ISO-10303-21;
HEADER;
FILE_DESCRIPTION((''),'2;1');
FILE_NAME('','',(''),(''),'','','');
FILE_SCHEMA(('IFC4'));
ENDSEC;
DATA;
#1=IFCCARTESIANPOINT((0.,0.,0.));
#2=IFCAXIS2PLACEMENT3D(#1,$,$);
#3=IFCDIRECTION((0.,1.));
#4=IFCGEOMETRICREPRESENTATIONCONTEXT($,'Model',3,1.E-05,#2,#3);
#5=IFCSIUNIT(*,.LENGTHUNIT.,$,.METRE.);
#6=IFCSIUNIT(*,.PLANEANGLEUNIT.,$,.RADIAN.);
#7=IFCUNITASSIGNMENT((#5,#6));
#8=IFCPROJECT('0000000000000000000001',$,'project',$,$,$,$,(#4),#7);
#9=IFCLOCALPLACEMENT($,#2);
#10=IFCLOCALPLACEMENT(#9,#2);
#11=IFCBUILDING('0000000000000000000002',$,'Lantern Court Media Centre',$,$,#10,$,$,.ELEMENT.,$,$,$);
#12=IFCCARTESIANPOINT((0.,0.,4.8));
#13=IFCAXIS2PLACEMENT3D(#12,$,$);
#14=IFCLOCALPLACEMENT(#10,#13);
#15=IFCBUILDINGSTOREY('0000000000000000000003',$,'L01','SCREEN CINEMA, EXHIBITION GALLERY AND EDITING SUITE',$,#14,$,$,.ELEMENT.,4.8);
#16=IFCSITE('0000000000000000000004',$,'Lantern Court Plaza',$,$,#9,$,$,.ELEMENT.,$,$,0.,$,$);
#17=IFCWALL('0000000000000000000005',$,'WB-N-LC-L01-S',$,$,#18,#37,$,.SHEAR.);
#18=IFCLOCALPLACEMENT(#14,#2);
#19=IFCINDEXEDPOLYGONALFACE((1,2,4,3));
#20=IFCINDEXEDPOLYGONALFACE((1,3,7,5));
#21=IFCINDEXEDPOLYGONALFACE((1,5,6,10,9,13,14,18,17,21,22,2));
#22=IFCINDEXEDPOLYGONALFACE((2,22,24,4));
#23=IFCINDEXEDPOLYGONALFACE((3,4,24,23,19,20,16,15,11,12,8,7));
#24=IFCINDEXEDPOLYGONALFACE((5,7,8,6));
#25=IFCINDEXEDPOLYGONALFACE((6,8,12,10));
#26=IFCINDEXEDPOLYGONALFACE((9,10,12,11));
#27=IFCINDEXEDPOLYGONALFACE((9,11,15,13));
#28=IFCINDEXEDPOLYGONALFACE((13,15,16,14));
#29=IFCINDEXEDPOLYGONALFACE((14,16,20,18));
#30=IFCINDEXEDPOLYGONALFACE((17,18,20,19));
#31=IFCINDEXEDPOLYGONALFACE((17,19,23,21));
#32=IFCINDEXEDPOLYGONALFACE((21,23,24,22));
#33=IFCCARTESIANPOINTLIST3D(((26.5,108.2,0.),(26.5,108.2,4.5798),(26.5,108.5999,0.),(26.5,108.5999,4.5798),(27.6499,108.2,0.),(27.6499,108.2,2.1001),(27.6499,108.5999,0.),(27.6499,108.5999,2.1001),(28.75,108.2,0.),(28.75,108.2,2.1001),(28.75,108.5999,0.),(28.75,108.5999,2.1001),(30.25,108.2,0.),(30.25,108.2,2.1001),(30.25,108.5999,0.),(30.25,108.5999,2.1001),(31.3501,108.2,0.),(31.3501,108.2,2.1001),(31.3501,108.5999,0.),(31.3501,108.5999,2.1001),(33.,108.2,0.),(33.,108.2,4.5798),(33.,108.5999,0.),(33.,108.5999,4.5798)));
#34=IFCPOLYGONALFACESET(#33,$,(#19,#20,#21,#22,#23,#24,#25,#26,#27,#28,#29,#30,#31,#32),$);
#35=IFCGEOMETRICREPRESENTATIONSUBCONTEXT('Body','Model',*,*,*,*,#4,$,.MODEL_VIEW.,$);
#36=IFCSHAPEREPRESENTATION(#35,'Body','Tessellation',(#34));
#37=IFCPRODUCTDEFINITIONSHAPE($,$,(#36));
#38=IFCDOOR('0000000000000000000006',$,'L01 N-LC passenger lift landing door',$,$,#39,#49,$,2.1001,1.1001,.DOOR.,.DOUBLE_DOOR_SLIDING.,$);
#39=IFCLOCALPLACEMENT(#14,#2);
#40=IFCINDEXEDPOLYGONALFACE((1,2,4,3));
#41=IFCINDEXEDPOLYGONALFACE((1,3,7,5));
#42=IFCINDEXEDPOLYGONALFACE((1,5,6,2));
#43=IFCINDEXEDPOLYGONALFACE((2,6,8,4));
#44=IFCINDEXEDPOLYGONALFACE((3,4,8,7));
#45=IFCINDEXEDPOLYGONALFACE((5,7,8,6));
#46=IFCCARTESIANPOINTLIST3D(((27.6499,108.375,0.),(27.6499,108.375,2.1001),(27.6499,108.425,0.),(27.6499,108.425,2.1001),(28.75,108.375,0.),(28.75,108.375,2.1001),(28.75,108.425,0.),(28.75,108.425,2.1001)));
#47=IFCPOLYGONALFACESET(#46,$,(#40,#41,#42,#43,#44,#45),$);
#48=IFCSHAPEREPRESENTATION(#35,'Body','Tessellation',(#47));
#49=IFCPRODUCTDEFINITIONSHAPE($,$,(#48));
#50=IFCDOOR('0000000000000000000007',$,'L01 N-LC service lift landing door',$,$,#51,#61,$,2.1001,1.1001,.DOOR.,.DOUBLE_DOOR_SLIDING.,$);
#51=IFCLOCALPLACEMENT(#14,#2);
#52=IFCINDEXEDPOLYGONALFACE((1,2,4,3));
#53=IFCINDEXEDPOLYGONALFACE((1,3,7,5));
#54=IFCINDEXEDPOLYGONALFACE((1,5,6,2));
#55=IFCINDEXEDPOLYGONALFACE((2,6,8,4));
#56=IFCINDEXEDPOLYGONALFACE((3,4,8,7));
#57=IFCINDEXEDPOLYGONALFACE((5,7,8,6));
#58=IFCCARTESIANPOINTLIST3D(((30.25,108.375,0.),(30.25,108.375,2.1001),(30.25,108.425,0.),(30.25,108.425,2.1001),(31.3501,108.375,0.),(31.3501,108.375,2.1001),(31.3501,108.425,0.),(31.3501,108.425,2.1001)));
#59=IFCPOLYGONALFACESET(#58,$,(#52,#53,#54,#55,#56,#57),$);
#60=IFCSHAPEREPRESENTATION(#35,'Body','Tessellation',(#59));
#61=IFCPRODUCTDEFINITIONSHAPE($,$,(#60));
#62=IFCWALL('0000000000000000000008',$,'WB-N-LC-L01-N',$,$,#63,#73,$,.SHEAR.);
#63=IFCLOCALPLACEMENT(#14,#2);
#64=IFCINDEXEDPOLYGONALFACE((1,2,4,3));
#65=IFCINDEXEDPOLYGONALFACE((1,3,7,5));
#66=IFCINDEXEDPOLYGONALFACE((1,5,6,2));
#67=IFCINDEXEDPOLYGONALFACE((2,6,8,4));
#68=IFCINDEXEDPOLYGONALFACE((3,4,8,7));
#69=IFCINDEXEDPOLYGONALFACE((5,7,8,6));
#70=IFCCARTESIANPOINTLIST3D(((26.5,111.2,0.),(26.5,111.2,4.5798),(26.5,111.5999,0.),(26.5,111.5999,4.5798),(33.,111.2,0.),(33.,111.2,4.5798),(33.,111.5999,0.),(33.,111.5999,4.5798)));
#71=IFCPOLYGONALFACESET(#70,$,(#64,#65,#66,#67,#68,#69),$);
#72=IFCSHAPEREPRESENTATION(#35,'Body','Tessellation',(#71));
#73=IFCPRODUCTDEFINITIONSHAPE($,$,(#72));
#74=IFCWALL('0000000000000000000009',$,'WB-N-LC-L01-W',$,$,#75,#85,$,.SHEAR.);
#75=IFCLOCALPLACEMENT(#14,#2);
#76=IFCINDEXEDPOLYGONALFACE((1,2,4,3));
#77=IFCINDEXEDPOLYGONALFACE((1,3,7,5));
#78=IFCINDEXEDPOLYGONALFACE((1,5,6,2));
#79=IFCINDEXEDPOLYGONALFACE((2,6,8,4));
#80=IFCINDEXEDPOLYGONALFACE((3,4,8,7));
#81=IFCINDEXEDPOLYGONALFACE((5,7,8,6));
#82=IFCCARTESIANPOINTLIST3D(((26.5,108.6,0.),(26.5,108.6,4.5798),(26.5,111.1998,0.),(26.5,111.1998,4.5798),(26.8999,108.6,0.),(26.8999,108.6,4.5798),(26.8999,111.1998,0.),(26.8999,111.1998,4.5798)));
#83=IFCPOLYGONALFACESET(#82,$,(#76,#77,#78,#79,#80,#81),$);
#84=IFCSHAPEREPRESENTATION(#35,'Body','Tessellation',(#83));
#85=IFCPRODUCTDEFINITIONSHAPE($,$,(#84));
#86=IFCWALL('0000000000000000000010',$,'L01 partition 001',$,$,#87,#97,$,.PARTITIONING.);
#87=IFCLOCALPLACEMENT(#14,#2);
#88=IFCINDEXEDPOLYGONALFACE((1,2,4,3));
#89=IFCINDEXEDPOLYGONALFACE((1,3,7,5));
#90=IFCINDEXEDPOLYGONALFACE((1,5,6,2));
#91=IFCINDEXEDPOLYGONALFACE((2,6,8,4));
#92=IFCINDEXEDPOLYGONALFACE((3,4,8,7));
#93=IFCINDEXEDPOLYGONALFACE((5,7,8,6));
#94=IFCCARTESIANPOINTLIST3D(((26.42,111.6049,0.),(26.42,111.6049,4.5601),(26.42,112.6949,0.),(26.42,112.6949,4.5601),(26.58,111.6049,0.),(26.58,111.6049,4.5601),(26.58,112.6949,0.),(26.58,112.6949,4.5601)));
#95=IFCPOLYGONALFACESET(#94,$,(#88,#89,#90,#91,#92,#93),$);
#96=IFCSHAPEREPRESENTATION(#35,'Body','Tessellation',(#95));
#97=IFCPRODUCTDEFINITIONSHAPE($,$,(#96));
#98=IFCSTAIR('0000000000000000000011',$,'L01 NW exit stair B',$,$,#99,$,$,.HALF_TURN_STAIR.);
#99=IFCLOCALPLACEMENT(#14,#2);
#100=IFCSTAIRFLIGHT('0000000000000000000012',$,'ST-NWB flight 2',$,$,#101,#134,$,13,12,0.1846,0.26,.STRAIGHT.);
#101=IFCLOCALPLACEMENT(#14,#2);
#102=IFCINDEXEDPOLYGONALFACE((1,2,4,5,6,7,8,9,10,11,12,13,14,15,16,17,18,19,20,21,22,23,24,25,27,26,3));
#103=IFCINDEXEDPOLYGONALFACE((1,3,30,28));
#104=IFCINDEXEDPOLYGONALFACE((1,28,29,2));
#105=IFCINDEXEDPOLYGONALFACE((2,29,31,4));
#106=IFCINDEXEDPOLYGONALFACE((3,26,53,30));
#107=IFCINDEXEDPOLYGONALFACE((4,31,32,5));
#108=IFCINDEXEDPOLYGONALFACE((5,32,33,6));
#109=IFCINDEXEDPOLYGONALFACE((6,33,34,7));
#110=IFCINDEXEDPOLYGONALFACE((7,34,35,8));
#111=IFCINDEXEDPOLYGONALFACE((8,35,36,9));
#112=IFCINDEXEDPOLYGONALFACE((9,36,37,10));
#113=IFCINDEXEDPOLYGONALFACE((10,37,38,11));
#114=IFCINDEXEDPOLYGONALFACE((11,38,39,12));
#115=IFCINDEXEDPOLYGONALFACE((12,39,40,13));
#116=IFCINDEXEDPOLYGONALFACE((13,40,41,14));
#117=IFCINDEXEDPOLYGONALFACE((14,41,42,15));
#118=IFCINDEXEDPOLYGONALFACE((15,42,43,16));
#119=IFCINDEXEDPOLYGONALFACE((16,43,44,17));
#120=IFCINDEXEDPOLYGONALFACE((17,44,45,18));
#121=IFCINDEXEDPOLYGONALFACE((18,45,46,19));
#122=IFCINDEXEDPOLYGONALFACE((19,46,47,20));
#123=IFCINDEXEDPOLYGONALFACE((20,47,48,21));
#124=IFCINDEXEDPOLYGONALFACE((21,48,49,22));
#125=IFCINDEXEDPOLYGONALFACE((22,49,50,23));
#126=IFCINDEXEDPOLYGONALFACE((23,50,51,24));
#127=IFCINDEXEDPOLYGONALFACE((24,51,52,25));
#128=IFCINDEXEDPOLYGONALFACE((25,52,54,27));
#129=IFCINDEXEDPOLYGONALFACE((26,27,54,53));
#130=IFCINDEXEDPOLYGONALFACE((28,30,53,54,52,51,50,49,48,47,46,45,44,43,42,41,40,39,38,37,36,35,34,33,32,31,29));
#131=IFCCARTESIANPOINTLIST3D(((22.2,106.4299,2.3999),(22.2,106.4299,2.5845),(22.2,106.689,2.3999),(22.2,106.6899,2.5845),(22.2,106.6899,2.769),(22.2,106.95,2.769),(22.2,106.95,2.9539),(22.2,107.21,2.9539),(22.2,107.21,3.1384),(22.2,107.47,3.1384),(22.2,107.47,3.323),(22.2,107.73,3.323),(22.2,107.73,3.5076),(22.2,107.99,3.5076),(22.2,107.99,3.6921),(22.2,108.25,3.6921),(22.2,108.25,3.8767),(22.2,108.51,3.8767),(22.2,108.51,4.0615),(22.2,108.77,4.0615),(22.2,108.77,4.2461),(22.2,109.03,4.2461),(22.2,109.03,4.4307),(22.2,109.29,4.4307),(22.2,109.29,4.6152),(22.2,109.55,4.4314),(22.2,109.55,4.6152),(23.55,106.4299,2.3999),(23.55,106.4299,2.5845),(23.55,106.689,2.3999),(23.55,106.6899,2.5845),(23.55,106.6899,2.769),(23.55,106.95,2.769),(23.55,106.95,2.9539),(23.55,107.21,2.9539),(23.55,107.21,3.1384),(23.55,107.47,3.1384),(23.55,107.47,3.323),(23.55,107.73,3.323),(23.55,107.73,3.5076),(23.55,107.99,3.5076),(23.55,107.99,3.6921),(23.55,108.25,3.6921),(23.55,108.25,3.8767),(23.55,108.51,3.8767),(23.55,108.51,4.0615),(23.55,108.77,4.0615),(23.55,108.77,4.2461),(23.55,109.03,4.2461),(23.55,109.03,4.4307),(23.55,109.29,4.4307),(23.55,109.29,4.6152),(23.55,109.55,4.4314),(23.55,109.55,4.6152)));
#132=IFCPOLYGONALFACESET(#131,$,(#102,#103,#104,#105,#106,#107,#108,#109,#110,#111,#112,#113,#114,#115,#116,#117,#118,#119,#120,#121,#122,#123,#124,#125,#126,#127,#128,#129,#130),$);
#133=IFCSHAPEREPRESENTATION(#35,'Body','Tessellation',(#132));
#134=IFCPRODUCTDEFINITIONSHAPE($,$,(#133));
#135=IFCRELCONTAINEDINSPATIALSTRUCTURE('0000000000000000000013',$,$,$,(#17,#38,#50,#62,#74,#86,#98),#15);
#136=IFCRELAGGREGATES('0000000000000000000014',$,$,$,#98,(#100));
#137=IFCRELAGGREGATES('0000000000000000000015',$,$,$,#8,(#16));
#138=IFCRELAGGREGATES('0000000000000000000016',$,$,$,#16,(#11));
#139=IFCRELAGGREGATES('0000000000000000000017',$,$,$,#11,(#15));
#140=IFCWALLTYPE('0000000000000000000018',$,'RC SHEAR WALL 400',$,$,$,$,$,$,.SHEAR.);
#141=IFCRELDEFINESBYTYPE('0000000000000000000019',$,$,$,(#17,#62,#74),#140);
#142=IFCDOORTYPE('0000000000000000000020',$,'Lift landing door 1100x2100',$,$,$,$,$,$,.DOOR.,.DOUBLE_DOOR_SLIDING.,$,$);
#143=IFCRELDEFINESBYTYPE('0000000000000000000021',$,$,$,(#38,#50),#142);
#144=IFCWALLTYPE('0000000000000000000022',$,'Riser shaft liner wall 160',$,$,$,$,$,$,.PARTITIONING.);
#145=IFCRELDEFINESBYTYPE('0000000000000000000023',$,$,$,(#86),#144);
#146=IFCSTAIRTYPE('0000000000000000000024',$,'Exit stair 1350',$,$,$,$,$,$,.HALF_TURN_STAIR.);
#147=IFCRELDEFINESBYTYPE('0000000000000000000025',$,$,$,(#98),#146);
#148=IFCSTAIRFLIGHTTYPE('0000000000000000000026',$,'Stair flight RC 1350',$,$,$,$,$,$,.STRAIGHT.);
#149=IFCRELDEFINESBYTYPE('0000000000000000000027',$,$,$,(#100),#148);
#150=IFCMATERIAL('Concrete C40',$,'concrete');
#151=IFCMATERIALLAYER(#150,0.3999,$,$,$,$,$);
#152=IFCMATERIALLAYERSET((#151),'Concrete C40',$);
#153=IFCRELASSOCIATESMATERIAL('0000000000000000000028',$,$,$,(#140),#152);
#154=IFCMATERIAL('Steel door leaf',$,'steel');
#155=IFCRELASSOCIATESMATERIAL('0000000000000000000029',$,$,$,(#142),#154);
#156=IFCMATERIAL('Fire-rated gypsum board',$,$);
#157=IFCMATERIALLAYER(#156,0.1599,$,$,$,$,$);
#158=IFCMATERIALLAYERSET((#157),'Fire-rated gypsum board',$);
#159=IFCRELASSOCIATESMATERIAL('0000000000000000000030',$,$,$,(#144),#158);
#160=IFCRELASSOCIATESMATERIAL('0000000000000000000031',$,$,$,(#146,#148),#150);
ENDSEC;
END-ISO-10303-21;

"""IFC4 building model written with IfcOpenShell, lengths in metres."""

from ifc_helpers import new_model, si_unit, direction, frame, frame_2d, origin, place, context, subcontext, project, spatial, polyline, rectangle, outline, extrude, material, layer, layer_set, type_object, element, fill, aggregate, save


model = new_model("IFC4")

# Units and contexts
model_context = context("Model", 3, precision=1e-05, world=origin(), true_north=direction((0.0, 1.0)))
body_context = subcontext(model_context, "Body", "Model", "MODEL_VIEW")
ifc_project = project(units=[si_unit("LENGTHUNIT", "METRE"), si_unit("PLANEANGLEUNIT", "RADIAN")], contexts=[model_context])

# Site, building, storey
site_placement = place(None, origin())
site = spatial("IfcSite", under=ifc_project, at=site_placement, Name="Lantern Court Plaza", CompositionType="ELEMENT", RefElevation=0.0)
building_placement = place(site_placement, origin())
building = spatial("IfcBuilding", under=site, at=building_placement, Name="Lantern Court Media Centre", CompositionType="ELEMENT")
storey_placement = place(building_placement, frame((0.0, 0.0, 4.8)))
storey = spatial("IfcBuildingStorey", under=building, at=storey_placement, Name="L01", Description="SCREEN CINEMA, EXHIBITION GALLERY AND EDITING SUITE", CompositionType="ELEMENT", Elevation=4.8)

# Shared definitions
ifc_material_1 = material(Name="Concrete C40", Category="concrete")

# Wall, openings, doors
ifc_layer_1 = layer(ifc_material_1, 0.3999)
ifc_layer_set_1 = layer_set([ifc_layer_1], Name="Concrete C40")
wall_type_1 = type_object("IfcWallType", Name="RC SHEAR WALL 400", PredefinedType="SHEAR", material=ifc_layer_set_1)
wall_1_placement = place(storey_placement, frame((26.5, 108.3999, 0.0), z_axis=(0.0, 0.0, 1.0), x_axis=(1.0, 0.0, 0.0)))
wall_1 = element("IfcWall", 1, at=wall_1_placement, inside=storey, type_object=wall_type_1, Name="WB-N-LC-L01-S", PredefinedType="SHEAR", context=body_context, shape_type="SweptSolid", body=[
    extrude(rectangle(XDim=6.5, YDim=0.3999, at=frame_2d((3.25, 0.0))), origin(), (0.0, 0.0, 1.0), 4.5798),
])
opening_1_placement = place(wall_1_placement, frame((1.1499, 0.0, 0.0)))
opening_1 = element("IfcOpeningElement", 2, at=opening_1_placement, cuts=wall_1, PredefinedType="OPENING", context=body_context, shape_type="SweptSolid", body=[
    extrude(rectangle(XDim=1.1001, YDim=2.1001, at=frame_2d((0.55, 1.05))), frame((0.0, 0.21, 0.0), z_axis=(0.0, -1.0, 0.0), x_axis=(1.0, 0.0, 0.0)), (0.0, 0.0, 1.0), 0.4199),
])
opening_2_placement = place(wall_1_placement, frame((3.75, 0.0, 0.0)))
opening_2 = element("IfcOpeningElement", 3, at=opening_2_placement, cuts=wall_1, PredefinedType="OPENING", context=body_context, shape_type="SweptSolid", body=[
    extrude(rectangle(XDim=1.1001, YDim=2.1001, at=frame_2d((0.55, 1.05))), frame((0.0, 0.21, 0.0), z_axis=(0.0, -1.0, 0.0), x_axis=(1.0, 0.0, 0.0)), (0.0, 0.0, 1.0), 0.4199),
])
ifc_material_2 = material(Name="Steel door leaf", Category="steel")
door_type = type_object("IfcDoorType", Name="Lift landing door 1100x2100", OperationType="DOUBLE_DOOR_SLIDING", PredefinedType="DOOR", material=ifc_material_2)
door_1_placement = place(opening_1_placement, frame((1.1001, 0.0, 0.0), z_axis=(0.0, 0.0, 1.0), x_axis=(-1.0, 0.0, 0.0)))
door_1 = element("IfcDoor", 4, at=door_1_placement, inside=storey, type_object=door_type, Name="L01 N-LC passenger lift landing door", OperationType="DOUBLE_DOOR_SLIDING", OverallHeight=2.1001, OverallWidth=1.1001, PredefinedType="DOOR", context=body_context, shape_type="SweptSolid", body=[
    extrude(rectangle(XDim=1.1001, YDim=2.1001, at=frame_2d((0.55, 1.05))), frame((0.0, 0.0249, 0.0), z_axis=(0.0, -1.0, 0.0), x_axis=(1.0, 0.0, 0.0)), (0.0, 0.0, 1.0), 0.05),
])
fill(opening_1, door_1)
door_2_placement = place(opening_2_placement, frame((1.1001, 0.0, 0.0), z_axis=(0.0, 0.0, 1.0), x_axis=(-1.0, 0.0, 0.0)))
door_2 = element("IfcDoor", 5, at=door_2_placement, inside=storey, type_object=door_type, Name="L01 N-LC service lift landing door", OperationType="DOUBLE_DOOR_SLIDING", OverallHeight=2.1001, OverallWidth=1.1001, PredefinedType="DOOR", context=body_context, shape_type="SweptSolid", body=[
    extrude(rectangle(XDim=1.1001, YDim=2.1001, at=frame_2d((0.55, 1.05))), frame((0.0, 0.0249, 0.0), z_axis=(0.0, -1.0, 0.0), x_axis=(1.0, 0.0, 0.0)), (0.0, 0.0, 1.0), 0.05),
])
fill(opening_2, door_2)

# Walls
wall_2_placement = place(storey_placement, frame((26.5, 111.3999, 0.0), z_axis=(0.0, 0.0, 1.0), x_axis=(1.0, 0.0, 0.0)))
element("IfcWall", 6, at=wall_2_placement, inside=storey, type_object=wall_type_1, Name="WB-N-LC-L01-N", PredefinedType="SHEAR", context=body_context, shape_type="SweptSolid", body=[
    extrude(rectangle(XDim=6.5, YDim=0.3999, at=frame_2d((3.25, 0.0))), origin(), (0.0, 0.0, 1.0), 4.5798),
])
wall_3_placement = place(storey_placement, frame((26.7, 108.6001, 0.0), z_axis=(0.0, 0.0, 1.0), x_axis=(0.0, 1.0, 0.0)))
element("IfcWall", 7, at=wall_3_placement, inside=storey, type_object=wall_type_1, Name="WB-N-LC-L01-W", PredefinedType="SHEAR", context=body_context, shape_type="SweptSolid", body=[
    extrude(rectangle(XDim=2.5999, YDim=0.3999, at=frame_2d((1.2998, 0.0))), origin(), (0.0, 0.0, 1.0), 4.5798),
])
ifc_material_3 = material(Name="Fire-rated gypsum board")
ifc_layer_2 = layer(ifc_material_3, 0.1599)
ifc_layer_set_2 = layer_set([ifc_layer_2], Name="Fire-rated gypsum board")
wall_type_2 = type_object("IfcWallType", Name="Riser shaft liner wall 160", PredefinedType="PARTITIONING", material=ifc_layer_set_2)
wall_4_placement = place(storey_placement, frame((26.5, 111.605, 0.0), z_axis=(0.0, 0.0, 1.0), x_axis=(0.0, 1.0, 0.0)))
element("IfcWall", 8, at=wall_4_placement, inside=storey, type_object=wall_type_2, Name="L01 partition 001", PredefinedType="PARTITIONING", context=body_context, shape_type="SweptSolid", body=[
    extrude(rectangle(XDim=1.0901, YDim=0.1599, at=frame_2d((0.5449, 0.0))), origin(), (0.0, 0.0, 1.0), 4.5601),
])

# Stair, stair flight
stair_type = type_object("IfcStairType", Name="Exit stair 1350", PredefinedType="HALF_TURN_STAIR", material=ifc_material_1)
stair_placement = place(storey_placement, origin())
stair = element("IfcStair", 9, at=stair_placement, inside=storey, type_object=stair_type, Name="L01 NW exit stair B", PredefinedType="HALF_TURN_STAIR")
stair_flight_type = type_object("IfcStairFlightType", Name="Stair flight RC 1350", PredefinedType="STRAIGHT", material=ifc_material_1)
stair_flight_placement = place(storey_placement, frame((22.875, 106.4299, 2.3999), z_axis=(0.0, 0.0, 1.0), x_axis=(0.0, 1.0, 0.0)))
stair_flight = element("IfcStairFlight", 10, at=stair_flight_placement, type_object=stair_flight_type, Name="ST-NWB flight 2", NumberOfRisers=13, NumberOfTreads=12, PredefinedType="STRAIGHT", RiserHeight=0.1846, TreadLength=0.26, context=body_context, shape_type="SweptSolid", body=[
    extrude(outline(polyline([(0.0, 0.0), (0.0, 0.1846), (0.26, 0.1846), (0.26, 0.3691), (0.52, 0.3691), (0.52, 0.554), (0.78, 0.554), (0.78, 0.7385), (1.04, 0.7385), (1.04, 0.9231), (1.3, 0.9231), (1.3, 1.1077), (1.5601, 1.1077), (1.5601, 1.2922), (1.8201, 1.2922), (1.8201, 1.4768), (2.0801, 1.4768), (2.0801, 1.6616), (2.3401, 1.6616), (2.3401, 1.8462), (2.6001, 1.8462), (2.6001, 2.0308), (2.8601, 2.0308), (2.8601, 2.2153), (3.1201, 2.2153), (3.1201, 2.3999), (3.1201, 2.0315), (0.259, 0.0), (0.0, 0.0)])), frame((0.0, 0.675, 0.0), z_axis=(0.0, -1.0, 0.0), x_axis=(1.0, 0.0, 0.0)), (0.0, 0.0, 1.0), 1.3501),
])
aggregate(stair, [stair_flight])

save(model, "model.ifc")
